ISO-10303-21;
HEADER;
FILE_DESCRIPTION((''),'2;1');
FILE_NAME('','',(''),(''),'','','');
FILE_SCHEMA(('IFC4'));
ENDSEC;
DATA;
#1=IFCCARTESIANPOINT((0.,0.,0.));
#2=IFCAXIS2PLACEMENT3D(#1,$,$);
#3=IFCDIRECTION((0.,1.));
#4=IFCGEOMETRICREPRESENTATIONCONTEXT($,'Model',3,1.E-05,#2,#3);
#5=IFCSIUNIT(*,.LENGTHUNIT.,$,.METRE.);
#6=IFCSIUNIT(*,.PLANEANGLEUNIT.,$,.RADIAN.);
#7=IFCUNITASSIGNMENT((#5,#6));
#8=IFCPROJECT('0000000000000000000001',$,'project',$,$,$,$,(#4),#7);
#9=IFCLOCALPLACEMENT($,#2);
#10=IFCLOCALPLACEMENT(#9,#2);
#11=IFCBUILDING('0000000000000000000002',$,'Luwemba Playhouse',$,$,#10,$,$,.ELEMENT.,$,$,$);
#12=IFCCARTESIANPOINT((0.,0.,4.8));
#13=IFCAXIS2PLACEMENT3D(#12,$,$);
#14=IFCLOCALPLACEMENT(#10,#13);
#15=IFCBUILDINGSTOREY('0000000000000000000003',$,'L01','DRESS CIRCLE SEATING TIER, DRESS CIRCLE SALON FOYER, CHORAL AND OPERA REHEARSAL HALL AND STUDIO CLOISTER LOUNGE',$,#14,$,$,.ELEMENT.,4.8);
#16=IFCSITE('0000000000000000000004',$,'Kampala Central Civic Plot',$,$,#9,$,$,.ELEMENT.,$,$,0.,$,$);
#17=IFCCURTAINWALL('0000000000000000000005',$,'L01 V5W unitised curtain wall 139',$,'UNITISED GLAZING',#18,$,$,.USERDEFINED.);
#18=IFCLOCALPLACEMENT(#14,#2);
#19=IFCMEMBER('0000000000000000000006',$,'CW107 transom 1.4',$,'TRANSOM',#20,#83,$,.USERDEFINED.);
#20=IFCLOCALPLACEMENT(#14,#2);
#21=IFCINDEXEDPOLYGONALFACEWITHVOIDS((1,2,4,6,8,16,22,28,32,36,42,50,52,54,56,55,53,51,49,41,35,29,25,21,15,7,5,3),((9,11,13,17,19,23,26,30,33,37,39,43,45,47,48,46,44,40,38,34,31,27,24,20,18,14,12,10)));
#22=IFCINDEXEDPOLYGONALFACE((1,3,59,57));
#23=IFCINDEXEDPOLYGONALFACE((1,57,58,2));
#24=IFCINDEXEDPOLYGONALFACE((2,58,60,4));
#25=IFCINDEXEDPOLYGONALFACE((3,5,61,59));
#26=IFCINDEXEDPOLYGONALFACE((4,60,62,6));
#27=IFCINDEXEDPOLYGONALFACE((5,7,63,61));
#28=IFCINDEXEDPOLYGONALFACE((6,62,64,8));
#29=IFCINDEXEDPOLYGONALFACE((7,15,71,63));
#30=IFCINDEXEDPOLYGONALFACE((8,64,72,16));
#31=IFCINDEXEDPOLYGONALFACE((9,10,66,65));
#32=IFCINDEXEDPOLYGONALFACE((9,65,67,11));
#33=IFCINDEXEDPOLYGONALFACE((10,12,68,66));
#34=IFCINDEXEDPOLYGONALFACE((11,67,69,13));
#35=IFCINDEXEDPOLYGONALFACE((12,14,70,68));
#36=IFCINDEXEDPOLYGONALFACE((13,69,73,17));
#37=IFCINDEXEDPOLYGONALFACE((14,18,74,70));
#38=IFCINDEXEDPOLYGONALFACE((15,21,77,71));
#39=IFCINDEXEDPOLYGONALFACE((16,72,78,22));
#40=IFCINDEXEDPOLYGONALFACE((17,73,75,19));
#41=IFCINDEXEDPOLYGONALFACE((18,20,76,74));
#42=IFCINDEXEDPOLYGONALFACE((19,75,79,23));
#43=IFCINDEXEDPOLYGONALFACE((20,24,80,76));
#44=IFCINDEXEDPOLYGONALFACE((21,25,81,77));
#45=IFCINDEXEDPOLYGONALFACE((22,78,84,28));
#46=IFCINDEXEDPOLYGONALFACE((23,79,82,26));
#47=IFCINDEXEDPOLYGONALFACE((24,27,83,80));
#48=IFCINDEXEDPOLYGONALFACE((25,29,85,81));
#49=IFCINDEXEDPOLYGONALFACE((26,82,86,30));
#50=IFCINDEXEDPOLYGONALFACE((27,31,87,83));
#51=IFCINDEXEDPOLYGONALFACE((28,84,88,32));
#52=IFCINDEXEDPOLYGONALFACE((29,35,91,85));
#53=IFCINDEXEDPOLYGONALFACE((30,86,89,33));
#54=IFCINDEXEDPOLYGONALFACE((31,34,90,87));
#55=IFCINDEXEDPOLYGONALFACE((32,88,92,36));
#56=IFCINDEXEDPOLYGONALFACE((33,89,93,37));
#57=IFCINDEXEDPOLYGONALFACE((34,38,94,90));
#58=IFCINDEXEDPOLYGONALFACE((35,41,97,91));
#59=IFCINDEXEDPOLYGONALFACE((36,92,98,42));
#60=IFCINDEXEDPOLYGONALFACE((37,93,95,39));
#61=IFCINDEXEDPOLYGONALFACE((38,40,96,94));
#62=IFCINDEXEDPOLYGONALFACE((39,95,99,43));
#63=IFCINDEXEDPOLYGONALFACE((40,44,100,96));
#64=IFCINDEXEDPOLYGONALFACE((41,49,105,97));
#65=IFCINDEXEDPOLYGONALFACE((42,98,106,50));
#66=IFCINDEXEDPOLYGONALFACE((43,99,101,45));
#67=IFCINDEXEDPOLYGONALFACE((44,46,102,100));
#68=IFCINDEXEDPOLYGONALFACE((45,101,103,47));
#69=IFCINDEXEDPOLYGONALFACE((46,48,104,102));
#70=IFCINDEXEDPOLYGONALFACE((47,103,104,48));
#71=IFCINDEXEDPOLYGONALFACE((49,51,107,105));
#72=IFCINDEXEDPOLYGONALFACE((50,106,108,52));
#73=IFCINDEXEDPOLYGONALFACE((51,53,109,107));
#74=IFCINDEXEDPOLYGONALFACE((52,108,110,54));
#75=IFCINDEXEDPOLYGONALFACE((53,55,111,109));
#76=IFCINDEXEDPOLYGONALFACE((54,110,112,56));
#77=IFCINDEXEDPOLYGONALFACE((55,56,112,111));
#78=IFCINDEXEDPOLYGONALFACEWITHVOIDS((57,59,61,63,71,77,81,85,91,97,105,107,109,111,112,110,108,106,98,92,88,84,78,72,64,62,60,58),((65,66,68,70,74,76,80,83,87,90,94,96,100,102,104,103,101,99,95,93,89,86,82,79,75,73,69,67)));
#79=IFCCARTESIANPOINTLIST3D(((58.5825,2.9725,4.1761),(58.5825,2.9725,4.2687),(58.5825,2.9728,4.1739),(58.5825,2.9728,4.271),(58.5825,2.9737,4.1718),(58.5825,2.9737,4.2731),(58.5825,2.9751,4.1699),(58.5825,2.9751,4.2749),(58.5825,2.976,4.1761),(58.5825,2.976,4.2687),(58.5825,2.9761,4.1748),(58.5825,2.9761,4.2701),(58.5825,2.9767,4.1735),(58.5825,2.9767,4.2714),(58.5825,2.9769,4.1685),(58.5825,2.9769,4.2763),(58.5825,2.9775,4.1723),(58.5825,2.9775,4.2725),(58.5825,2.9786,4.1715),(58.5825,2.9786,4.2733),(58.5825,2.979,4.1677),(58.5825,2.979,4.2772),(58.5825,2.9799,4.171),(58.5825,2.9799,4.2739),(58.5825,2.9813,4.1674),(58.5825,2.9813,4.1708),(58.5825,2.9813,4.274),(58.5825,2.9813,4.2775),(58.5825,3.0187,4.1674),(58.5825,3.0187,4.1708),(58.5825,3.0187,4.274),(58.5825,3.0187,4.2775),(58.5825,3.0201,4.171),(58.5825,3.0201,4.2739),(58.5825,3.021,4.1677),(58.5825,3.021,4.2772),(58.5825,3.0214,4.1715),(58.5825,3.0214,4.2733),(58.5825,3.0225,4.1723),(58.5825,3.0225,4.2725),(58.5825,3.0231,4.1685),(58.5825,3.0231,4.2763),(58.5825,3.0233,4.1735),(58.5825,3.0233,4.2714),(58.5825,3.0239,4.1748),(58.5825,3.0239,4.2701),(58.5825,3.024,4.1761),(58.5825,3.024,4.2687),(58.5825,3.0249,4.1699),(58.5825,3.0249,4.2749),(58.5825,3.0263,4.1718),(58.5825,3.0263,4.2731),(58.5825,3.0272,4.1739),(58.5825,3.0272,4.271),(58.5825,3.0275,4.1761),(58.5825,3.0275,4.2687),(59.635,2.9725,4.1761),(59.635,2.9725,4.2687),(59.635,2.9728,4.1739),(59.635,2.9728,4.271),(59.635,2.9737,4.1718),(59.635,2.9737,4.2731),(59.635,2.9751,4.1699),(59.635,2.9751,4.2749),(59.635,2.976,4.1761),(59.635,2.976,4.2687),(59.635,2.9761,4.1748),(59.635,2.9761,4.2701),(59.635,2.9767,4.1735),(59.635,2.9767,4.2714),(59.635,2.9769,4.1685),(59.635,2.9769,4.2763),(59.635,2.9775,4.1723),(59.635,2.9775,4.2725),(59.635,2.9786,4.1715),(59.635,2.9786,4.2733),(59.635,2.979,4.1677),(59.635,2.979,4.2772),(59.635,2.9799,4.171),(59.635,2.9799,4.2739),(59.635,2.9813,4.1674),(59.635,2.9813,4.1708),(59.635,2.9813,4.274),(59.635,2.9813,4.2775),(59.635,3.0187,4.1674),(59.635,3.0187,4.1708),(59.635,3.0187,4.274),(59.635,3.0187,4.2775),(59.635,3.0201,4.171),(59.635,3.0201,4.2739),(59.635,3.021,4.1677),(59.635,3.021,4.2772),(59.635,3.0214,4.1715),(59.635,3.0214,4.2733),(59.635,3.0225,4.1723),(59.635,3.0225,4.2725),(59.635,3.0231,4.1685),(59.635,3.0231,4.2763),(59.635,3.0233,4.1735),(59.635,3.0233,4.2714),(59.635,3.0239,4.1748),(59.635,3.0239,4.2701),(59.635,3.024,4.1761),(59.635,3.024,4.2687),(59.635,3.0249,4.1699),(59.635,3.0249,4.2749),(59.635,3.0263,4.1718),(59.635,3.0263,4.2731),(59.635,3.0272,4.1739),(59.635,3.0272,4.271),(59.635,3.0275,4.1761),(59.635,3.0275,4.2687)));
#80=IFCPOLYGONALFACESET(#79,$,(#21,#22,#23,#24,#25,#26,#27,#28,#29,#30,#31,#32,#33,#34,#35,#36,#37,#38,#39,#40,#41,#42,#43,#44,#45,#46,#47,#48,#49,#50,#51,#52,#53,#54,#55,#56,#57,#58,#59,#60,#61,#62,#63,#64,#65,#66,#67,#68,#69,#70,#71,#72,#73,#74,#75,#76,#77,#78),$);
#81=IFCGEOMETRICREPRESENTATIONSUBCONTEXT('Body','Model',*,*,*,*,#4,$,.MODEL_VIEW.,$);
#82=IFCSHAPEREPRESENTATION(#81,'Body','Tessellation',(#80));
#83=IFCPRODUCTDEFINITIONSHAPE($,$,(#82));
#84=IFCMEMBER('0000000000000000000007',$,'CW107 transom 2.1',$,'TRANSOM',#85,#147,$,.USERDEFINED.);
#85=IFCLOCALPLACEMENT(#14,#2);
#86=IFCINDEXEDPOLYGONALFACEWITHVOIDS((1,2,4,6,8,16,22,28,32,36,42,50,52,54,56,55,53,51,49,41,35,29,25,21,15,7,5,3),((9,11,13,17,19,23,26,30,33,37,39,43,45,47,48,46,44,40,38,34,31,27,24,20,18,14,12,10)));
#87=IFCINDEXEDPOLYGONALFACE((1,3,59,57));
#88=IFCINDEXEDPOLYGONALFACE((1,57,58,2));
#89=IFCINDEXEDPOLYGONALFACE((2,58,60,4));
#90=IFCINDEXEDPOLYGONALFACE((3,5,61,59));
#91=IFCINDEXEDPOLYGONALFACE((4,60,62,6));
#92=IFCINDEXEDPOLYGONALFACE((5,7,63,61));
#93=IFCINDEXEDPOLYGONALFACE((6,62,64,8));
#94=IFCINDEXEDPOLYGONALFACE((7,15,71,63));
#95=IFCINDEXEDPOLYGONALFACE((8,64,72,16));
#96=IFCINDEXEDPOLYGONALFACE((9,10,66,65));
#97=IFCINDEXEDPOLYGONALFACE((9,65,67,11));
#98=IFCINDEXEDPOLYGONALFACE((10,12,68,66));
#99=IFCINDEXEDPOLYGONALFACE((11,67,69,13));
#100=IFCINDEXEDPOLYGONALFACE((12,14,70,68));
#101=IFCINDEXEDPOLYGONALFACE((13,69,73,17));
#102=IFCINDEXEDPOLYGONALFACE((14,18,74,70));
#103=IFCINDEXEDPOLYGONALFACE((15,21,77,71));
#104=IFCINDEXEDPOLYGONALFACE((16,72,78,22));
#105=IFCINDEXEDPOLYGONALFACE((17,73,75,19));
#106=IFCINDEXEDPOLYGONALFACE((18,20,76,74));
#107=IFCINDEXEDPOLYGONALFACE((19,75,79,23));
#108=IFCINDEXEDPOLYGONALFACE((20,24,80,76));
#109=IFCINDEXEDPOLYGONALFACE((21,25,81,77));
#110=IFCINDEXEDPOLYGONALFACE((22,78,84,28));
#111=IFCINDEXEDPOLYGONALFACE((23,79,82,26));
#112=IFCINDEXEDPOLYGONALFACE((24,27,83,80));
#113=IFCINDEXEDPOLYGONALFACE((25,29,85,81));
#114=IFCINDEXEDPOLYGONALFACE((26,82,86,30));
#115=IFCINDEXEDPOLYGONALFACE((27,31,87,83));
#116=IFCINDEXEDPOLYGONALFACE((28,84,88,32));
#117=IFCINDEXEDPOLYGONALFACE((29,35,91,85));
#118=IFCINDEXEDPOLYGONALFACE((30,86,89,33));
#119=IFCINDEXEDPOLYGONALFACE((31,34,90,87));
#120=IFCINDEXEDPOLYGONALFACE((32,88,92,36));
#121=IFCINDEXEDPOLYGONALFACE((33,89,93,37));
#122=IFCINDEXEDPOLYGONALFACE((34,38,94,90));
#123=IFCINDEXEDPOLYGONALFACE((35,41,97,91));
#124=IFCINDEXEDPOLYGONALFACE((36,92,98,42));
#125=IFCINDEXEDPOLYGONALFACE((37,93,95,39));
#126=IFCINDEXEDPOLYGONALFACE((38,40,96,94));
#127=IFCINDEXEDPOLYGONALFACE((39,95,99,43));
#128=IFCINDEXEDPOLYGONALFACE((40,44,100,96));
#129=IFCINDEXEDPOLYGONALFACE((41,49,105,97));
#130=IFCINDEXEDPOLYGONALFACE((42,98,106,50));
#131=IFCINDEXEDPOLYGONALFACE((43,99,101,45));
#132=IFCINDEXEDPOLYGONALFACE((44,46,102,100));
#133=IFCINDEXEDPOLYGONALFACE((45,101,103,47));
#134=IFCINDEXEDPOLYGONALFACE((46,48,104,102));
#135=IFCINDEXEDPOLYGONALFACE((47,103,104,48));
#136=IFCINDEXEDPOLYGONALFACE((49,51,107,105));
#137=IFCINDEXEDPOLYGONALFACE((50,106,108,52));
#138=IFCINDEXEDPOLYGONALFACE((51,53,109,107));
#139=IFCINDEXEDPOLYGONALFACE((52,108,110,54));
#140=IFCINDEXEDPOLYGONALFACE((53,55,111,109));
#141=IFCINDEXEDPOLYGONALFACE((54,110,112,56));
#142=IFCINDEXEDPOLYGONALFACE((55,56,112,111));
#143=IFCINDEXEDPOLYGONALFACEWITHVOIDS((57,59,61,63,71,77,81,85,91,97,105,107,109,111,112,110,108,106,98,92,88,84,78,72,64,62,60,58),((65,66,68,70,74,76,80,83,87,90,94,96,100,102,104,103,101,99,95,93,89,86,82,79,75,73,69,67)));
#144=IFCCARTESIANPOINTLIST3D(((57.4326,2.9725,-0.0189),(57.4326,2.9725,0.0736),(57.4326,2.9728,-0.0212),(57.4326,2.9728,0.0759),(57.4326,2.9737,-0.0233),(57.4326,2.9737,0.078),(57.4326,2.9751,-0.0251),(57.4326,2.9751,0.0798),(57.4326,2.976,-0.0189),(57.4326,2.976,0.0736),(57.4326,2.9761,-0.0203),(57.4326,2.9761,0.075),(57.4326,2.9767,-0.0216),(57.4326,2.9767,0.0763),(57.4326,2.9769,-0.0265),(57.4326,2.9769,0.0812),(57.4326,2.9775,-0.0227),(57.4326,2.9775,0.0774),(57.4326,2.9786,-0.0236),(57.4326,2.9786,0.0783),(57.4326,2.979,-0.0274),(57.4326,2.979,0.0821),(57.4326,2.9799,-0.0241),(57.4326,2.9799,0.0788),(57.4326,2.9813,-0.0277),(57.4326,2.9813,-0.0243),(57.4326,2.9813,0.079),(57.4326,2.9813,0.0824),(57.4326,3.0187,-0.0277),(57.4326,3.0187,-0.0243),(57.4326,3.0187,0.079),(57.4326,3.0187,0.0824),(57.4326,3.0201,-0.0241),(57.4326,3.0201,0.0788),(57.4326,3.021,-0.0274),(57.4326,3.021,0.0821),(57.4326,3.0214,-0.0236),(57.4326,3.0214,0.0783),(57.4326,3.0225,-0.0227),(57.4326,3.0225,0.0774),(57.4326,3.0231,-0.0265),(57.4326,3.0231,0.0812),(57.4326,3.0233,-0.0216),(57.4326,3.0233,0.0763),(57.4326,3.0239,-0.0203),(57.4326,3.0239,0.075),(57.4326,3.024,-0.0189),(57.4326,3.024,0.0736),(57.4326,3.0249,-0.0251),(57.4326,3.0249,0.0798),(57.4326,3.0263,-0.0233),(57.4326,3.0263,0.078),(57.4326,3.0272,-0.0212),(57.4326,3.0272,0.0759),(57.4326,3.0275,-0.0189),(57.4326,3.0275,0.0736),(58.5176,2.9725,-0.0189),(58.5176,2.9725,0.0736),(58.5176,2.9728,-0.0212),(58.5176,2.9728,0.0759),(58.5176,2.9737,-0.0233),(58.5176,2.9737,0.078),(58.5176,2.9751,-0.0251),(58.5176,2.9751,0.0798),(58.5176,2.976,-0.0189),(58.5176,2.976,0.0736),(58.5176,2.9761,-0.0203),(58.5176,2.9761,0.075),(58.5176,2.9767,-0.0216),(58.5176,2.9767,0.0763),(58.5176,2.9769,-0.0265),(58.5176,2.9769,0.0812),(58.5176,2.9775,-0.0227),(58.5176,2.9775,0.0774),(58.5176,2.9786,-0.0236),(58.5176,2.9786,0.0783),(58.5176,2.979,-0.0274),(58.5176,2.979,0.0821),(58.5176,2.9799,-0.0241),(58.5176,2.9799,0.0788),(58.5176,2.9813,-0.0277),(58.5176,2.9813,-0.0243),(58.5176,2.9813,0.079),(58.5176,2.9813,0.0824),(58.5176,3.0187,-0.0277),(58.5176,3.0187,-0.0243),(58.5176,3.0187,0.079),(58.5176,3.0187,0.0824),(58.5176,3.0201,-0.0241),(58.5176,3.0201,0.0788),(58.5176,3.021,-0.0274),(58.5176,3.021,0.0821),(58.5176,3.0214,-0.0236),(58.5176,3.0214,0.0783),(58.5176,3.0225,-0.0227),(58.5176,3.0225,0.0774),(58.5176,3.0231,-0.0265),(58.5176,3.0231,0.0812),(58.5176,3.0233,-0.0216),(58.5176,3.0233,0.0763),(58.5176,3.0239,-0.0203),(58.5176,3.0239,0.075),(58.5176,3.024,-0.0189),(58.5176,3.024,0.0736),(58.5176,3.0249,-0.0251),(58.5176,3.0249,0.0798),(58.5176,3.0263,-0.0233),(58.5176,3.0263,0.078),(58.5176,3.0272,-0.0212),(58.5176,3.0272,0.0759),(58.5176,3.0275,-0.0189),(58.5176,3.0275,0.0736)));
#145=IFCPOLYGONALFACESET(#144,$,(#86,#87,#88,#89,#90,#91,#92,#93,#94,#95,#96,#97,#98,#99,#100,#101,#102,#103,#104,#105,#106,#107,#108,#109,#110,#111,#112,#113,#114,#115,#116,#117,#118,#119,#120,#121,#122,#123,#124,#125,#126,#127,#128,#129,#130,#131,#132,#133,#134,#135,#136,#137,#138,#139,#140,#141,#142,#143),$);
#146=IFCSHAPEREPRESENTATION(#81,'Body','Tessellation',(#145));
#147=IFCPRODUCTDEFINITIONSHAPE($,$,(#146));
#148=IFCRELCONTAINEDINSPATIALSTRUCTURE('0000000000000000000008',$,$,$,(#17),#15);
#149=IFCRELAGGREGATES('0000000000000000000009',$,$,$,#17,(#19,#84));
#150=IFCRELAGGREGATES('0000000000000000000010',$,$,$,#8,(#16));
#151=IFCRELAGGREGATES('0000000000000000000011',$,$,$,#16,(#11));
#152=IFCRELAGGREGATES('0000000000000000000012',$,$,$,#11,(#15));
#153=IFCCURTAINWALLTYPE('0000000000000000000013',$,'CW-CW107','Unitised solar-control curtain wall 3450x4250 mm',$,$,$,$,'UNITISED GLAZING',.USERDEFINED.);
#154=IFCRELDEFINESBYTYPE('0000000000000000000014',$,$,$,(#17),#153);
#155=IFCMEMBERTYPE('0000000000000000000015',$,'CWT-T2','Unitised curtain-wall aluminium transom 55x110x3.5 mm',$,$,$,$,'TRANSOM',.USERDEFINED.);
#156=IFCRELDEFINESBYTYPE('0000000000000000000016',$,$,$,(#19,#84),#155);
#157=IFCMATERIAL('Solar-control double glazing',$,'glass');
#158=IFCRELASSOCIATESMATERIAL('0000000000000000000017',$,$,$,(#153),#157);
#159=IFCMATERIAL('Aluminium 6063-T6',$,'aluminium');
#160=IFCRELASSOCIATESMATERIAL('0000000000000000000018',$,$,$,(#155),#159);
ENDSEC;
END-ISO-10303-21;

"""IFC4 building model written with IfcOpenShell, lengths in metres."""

from ifc_helpers import new_model, si_unit, direction, frame, origin, origin_2d, place, context, subcontext, project, spatial, hollow_rectangle, extrude, material, material_profile, profile_set, type_object, element, aggregate, save


model = new_model("IFC4")

# Units and contexts
model_context = context("Model", 3, precision=1e-05, world=origin(), true_north=direction((0.0, 1.0)))
body_context = subcontext(model_context, "Body", "Model", "MODEL_VIEW")
ifc_project = project(units=[si_unit("LENGTHUNIT", "METRE"), si_unit("PLANEANGLEUNIT", "RADIAN")], contexts=[model_context])

# Site, building, storey
site_placement = place(None, origin())
site = spatial("IfcSite", under=ifc_project, at=site_placement, Name="Kampala Central Civic Plot", CompositionType="ELEMENT", RefElevation=0.0)
building_placement = place(site_placement, origin())
building = spatial("IfcBuilding", under=site, at=building_placement, Name="Luwemba Playhouse", CompositionType="ELEMENT")
storey_placement = place(building_placement, frame((0.0, 0.0, 4.8)))
storey = spatial("IfcBuildingStorey", under=building, at=storey_placement, Name="L01", Description="DRESS CIRCLE SEATING TIER, DRESS CIRCLE SALON FOYER, CHORAL AND OPERA REHEARSAL HALL AND STUDIO CLOISTER LOUNGE", CompositionType="ELEMENT", Elevation=4.8)

# Curtain wall
ifc_material_1 = material(Name="Solar-control double glazing", Category="glass")
ifc_material_2 = material(Name="Aluminium 6063-T6", Category="aluminium")
curtain_wall_type_1 = type_object("IfcCurtainWallType", Name="CW-CW107", Description="Unitised solar-control curtain wall 3450x4250 mm", ElementType="UNITISED GLAZING", PredefinedType="USERDEFINED", material=ifc_material_1)
curtain_wall_1_placement = place(storey_placement, origin())
curtain_wall_1 = element("IfcCurtainWall", 1, at=curtain_wall_1_placement, inside=storey, type_object=curtain_wall_type_1, Name="L01 V5W unitised curtain wall 139", ObjectType="UNITISED GLAZING", PredefinedType="USERDEFINED")

# Members
ifc_material_profile_1 = material_profile(ifc_material_2, hollow_rectangle(XDim=0.0549, YDim=0.1101, WallThickness=0.0034, InnerFilletRadius=0.0054, OuterFilletRadius=0.0088, at=origin_2d()))
ifc_profile_set_1 = profile_set([ifc_material_profile_1], Name="Aluminium 6063-T6")
member_type_1 = type_object("IfcMemberType", Name="CWT-T2", Description="Unitised curtain-wall aluminium transom 55x110x3.5 mm", ElementType="TRANSOM", PredefinedType="USERDEFINED", material=ifc_profile_set_1)
member_1_placement = place(storey_placement, frame((59.635, 3.0, 4.2224), z_axis=(-1.0, 0.0, 0.0), x_axis=(0.0, -1.0, 0.0)))
member_1 = element("IfcMember", 2, at=member_1_placement, type_object=member_type_1, Name="CW107 transom 1.4", ObjectType="TRANSOM", PredefinedType="USERDEFINED", context=body_context, shape_type="SweptSolid", body=[
    extrude(hollow_rectangle(XDim=0.0549, YDim=0.1101, WallThickness=0.0034, InnerFilletRadius=0.0054, OuterFilletRadius=0.0088, at=origin_2d()), origin(), (0.0, 0.0, 1.0), 1.0525),
])
member_2_placement = place(storey_placement, frame((58.5176, 3.0, 0.0273), z_axis=(-1.0, 0.0, 0.0), x_axis=(0.0, -1.0, 0.0)))
member_2 = element("IfcMember", 3, at=member_2_placement, type_object=member_type_1, Name="CW107 transom 2.1", ObjectType="TRANSOM", PredefinedType="USERDEFINED", context=body_context, shape_type="SweptSolid", body=[
    extrude(hollow_rectangle(XDim=0.0549, YDim=0.1101, WallThickness=0.0034, InnerFilletRadius=0.0054, OuterFilletRadius=0.0088, at=origin_2d()), origin(), (0.0, 0.0, 1.0), 1.085),
])

aggregate(curtain_wall_1, [member_1, member_2])

save(model, "model.ifc")
